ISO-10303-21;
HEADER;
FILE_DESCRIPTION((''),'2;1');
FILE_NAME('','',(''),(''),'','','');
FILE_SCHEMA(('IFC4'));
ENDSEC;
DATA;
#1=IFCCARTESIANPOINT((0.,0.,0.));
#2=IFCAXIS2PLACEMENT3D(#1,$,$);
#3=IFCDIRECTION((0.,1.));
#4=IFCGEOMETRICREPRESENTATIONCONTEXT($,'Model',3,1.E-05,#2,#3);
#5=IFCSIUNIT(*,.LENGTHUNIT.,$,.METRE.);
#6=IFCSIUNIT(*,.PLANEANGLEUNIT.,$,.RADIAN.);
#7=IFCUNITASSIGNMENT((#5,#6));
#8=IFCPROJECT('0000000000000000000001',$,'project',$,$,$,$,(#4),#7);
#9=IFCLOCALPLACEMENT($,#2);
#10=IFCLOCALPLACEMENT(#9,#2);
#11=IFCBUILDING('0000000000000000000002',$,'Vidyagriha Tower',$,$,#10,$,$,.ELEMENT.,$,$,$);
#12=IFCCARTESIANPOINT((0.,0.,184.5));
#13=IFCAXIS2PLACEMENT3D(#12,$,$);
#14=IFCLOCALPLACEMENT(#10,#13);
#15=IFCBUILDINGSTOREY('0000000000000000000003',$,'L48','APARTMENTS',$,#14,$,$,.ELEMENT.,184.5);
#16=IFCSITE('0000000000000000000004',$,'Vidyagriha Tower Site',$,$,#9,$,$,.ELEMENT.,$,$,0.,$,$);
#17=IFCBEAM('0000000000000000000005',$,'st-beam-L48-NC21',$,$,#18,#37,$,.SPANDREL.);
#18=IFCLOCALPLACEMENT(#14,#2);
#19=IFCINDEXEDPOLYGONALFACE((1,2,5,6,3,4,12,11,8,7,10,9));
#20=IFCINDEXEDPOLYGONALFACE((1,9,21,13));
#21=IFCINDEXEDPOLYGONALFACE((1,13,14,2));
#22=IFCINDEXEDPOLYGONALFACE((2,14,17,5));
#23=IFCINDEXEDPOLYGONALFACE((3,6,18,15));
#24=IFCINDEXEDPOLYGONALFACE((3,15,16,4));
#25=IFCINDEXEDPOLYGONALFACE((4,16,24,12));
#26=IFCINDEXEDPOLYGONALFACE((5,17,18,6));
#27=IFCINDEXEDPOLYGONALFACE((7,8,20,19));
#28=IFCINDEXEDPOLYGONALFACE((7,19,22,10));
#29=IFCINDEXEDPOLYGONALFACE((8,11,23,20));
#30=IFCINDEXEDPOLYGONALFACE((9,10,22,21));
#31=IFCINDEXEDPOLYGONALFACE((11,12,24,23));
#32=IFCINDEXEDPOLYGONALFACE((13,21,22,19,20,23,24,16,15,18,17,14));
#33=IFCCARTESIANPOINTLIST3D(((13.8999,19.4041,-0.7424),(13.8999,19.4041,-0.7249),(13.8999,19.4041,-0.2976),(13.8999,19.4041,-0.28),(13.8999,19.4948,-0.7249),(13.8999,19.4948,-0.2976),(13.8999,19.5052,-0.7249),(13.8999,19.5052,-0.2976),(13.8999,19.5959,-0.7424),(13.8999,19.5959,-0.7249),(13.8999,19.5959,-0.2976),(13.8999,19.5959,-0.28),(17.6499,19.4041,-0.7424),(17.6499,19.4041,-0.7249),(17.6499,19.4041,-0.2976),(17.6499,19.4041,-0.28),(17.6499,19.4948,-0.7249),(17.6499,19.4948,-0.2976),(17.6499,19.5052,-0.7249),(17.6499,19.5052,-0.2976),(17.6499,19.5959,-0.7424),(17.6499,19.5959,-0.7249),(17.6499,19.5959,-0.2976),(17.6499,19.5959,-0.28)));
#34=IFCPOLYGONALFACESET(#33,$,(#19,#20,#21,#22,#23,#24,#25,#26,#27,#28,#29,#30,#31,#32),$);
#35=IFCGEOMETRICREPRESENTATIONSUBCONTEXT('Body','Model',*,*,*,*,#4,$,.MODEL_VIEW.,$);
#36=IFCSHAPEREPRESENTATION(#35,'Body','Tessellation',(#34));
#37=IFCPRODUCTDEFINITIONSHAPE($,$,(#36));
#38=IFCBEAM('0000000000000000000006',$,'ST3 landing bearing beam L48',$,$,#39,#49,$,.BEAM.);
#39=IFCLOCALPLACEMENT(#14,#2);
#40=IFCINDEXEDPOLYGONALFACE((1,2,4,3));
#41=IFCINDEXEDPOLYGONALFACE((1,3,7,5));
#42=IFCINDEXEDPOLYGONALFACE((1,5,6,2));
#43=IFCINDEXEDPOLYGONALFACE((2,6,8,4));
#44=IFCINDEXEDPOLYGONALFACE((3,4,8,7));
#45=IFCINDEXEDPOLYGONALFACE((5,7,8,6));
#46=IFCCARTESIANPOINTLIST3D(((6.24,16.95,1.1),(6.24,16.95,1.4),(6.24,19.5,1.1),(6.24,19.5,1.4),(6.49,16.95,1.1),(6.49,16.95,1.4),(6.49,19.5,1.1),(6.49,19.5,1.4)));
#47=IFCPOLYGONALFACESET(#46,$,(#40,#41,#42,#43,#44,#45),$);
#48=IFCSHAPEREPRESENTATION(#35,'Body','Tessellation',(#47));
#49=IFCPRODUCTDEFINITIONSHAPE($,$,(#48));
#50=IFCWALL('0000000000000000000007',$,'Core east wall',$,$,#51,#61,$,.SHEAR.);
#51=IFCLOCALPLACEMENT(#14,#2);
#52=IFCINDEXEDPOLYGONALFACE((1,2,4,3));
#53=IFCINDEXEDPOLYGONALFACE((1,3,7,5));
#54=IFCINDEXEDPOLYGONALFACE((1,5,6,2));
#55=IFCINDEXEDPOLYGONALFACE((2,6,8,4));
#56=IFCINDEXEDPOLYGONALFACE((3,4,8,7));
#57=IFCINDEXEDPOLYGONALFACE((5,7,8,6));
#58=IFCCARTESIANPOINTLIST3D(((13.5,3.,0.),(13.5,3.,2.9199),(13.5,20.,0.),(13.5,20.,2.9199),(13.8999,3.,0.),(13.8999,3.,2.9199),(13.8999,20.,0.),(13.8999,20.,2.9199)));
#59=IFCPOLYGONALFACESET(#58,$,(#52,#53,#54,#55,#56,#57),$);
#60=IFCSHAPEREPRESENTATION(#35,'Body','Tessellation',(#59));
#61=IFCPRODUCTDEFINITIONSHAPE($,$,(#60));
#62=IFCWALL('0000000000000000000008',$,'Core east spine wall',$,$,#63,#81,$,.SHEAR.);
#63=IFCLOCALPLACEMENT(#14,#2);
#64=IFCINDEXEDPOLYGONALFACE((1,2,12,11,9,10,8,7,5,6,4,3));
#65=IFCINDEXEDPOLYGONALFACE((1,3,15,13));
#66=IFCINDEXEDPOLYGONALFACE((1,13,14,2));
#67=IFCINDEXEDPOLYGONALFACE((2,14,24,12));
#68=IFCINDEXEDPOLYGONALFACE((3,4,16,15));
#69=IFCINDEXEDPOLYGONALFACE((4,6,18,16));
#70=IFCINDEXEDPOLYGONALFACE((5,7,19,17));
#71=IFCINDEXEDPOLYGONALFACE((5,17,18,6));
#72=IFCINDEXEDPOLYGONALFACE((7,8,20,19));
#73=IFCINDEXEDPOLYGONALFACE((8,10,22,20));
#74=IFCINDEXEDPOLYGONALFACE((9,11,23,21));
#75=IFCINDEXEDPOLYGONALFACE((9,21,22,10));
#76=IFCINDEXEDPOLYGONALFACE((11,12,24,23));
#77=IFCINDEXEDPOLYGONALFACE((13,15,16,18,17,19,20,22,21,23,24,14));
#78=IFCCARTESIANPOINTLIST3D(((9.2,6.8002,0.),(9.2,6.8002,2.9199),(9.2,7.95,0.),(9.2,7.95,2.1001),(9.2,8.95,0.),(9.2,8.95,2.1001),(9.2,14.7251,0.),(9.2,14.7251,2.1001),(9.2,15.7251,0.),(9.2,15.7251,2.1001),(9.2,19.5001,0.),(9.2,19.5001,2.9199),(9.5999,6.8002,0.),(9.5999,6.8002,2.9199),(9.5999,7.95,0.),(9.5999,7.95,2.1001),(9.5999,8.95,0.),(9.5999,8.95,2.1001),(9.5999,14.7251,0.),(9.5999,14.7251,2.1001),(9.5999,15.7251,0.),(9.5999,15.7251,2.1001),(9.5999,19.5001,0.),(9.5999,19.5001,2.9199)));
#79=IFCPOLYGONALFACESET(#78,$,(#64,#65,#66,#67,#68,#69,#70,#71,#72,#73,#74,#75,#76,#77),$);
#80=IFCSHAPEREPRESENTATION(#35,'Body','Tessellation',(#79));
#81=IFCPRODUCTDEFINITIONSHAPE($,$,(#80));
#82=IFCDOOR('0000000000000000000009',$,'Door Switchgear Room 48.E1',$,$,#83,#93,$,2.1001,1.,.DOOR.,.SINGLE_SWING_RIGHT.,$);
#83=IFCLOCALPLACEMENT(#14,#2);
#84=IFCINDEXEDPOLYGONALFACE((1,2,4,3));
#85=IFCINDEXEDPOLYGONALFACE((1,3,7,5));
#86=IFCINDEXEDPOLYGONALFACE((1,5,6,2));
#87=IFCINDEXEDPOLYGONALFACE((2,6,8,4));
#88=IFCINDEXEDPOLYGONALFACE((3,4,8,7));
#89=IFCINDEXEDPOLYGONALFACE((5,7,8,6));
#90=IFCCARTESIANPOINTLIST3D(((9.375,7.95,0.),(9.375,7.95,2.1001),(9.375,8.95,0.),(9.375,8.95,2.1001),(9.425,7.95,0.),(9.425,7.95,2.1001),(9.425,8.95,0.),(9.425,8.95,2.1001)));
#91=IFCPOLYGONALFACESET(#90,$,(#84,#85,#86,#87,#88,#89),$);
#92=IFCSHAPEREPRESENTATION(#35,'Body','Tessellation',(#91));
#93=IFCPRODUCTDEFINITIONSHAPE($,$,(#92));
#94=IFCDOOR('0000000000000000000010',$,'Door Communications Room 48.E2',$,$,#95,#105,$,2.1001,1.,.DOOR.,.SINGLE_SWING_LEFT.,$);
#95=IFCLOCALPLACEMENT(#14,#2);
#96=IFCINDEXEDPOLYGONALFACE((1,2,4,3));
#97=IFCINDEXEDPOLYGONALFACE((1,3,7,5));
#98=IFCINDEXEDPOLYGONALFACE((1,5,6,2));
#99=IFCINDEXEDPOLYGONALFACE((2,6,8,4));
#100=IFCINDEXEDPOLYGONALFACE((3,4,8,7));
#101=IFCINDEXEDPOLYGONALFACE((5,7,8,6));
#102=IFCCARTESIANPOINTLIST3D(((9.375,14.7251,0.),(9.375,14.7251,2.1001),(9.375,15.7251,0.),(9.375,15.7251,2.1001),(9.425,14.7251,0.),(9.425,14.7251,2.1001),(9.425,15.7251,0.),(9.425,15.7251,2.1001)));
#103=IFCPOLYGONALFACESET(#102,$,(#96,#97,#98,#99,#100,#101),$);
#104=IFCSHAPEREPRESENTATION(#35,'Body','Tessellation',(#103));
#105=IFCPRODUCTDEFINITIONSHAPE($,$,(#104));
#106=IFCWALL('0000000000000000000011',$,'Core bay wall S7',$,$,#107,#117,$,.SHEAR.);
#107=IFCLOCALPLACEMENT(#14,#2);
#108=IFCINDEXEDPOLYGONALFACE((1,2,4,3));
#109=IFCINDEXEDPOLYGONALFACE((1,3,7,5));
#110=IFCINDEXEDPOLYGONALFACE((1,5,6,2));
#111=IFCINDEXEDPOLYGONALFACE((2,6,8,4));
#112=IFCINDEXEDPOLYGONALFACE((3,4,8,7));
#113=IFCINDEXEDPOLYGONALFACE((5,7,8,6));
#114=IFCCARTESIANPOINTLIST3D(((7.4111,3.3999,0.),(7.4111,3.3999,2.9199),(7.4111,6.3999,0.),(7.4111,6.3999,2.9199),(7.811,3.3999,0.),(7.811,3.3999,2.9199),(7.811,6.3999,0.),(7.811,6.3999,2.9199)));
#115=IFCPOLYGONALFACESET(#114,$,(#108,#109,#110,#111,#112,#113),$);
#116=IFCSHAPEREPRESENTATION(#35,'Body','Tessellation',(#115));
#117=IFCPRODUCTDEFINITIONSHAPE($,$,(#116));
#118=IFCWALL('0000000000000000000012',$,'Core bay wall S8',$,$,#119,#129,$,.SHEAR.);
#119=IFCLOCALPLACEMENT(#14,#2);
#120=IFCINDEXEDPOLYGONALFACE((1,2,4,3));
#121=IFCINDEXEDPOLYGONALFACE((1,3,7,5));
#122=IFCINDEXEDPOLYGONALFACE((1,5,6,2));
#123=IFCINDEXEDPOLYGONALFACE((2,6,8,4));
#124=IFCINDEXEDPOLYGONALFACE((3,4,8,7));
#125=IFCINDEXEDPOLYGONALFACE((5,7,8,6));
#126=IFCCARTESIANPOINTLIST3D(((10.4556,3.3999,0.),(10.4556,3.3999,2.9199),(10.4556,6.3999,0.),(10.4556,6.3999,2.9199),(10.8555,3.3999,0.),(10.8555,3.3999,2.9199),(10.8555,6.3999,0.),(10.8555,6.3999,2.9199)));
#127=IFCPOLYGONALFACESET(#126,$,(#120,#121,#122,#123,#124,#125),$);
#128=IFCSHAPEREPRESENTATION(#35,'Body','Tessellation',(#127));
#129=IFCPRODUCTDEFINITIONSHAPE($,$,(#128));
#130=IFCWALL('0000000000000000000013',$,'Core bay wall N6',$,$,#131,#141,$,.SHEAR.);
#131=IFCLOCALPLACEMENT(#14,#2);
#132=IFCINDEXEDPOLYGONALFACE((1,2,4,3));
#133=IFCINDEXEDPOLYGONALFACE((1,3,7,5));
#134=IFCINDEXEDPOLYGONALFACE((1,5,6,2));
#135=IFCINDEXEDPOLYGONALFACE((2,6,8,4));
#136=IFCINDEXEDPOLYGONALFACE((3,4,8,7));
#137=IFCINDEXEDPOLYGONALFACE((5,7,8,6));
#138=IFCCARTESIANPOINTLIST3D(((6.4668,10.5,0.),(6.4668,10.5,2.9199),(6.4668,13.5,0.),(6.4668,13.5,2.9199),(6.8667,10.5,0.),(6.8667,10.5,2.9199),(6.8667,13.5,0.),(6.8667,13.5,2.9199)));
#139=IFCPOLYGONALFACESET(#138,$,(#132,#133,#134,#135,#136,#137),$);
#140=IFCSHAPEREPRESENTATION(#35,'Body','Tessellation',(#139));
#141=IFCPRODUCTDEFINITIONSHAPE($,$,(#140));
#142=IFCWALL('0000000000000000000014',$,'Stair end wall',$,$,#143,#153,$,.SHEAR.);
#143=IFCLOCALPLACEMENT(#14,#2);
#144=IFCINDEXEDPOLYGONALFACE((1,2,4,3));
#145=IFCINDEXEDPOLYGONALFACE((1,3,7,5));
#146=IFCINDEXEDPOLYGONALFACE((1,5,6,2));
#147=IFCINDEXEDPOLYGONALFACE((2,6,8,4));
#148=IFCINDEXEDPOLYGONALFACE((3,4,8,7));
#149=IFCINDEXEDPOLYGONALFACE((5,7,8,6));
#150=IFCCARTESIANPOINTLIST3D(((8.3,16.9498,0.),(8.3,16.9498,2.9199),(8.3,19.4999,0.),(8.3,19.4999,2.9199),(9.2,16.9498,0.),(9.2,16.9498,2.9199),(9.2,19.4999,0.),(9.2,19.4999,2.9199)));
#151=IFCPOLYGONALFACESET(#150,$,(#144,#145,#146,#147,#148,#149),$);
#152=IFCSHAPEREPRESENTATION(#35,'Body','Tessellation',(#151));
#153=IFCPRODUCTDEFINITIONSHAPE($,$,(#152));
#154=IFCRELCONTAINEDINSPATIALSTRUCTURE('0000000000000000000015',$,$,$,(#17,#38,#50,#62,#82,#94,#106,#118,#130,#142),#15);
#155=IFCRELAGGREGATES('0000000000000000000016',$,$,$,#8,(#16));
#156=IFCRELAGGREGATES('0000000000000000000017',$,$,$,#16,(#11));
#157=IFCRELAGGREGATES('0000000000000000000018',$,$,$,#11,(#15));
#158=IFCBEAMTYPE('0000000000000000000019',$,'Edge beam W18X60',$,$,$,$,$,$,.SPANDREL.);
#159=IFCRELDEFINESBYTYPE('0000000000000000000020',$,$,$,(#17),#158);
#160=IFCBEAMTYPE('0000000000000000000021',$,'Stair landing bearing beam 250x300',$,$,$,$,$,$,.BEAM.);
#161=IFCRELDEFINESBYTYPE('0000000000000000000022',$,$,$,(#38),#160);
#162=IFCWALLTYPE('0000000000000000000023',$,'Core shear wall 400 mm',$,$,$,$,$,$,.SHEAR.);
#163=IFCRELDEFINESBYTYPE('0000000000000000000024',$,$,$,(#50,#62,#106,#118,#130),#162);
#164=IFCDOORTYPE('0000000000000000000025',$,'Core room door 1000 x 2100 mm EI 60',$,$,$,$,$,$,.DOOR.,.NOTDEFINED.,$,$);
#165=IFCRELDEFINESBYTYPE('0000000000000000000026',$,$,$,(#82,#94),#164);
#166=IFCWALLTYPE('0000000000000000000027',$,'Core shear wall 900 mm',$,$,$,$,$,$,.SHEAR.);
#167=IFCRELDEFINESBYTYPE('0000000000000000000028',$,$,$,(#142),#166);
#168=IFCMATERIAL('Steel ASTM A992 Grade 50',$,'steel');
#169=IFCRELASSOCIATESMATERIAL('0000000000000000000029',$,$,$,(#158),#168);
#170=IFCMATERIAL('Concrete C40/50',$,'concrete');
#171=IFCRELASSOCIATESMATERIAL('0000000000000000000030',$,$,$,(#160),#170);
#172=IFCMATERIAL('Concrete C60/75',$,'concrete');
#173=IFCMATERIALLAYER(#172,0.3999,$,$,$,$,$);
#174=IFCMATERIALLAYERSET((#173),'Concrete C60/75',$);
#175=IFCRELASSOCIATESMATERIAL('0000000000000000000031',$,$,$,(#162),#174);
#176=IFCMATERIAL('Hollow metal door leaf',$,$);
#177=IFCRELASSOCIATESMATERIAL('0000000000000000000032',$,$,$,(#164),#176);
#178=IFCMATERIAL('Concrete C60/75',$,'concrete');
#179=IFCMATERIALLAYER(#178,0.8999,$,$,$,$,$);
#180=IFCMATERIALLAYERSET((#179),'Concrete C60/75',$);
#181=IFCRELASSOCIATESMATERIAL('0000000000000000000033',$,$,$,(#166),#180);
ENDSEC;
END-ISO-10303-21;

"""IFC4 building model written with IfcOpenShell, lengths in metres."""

from ifc_helpers import new_model, si_unit, direction, frame, frame_2d, origin, origin_2d, place, context, subcontext, project, spatial, rectangle, i_section, extrude, material, layer, layer_set, material_profile, profile_set, type_object, element, fill, save


model = new_model("IFC4")

# Units and contexts
model_context = context("Model", 3, precision=1e-05, world=origin(), true_north=direction((0.0, 1.0)))
body_context = subcontext(model_context, "Body", "Model", "MODEL_VIEW")
ifc_project = project(units=[si_unit("LENGTHUNIT", "METRE"), si_unit("PLANEANGLEUNIT", "RADIAN")], contexts=[model_context])

# Site, building, storey
site_placement = place(None, origin())
site = spatial("IfcSite", under=ifc_project, at=site_placement, Name="Vidyagriha Tower Site", CompositionType="ELEMENT", RefElevation=0.0)
building_placement = place(site_placement, origin())
building = spatial("IfcBuilding", under=site, at=building_placement, Name="Vidyagriha Tower", CompositionType="ELEMENT")
storey_placement = place(building_placement, frame((0.0, 0.0, 184.5)))
storey = spatial("IfcBuildingStorey", under=building, at=storey_placement, Name="L48", Description="APARTMENTS", CompositionType="ELEMENT", Elevation=184.5)

# Beams
ifc_material_1 = material(Name="Steel ASTM A992 Grade 50", Category="steel")
ifc_material_profile_1 = material_profile(ifc_material_1, i_section(OverallWidth=0.1919, OverallDepth=0.4624, WebThickness=0.0105, FlangeThickness=0.0176, at=origin_2d()), Name="W18X60")
ifc_profile_set_1 = profile_set([ifc_material_profile_1], Name="Steel ASTM A992 Grade 50")
beam_type_1 = type_object("IfcBeamType", Name="Edge beam W18X60", PredefinedType="SPANDREL", material=ifc_profile_set_1)
beam_1_placement = place(storey_placement, frame((13.8999, 19.5, -0.5112), z_axis=(1.0, 0.0, 0.0), x_axis=(0.0, 1.0, 0.0)))
element("IfcBeam", 1, at=beam_1_placement, inside=storey, type_object=beam_type_1, Name="st-beam-L48-NC21", PredefinedType="SPANDREL", context=body_context, shape_type="SweptSolid", body=[
    extrude(i_section(OverallWidth=0.1919, OverallDepth=0.4624, WebThickness=0.0105, FlangeThickness=0.0176, at=origin_2d()), origin(), (0.0, 0.0, 1.0), 3.75),
])
ifc_material_2 = material(Name="Concrete C40/50", Category="concrete")
ifc_material_profile_2 = material_profile(ifc_material_2, rectangle(XDim=0.25, YDim=0.3, at=origin_2d()), Name="Stair landing bearing beam 250x300")
ifc_profile_set_2 = profile_set([ifc_material_profile_2], Name="Concrete C40/50")
beam_type_2 = type_object("IfcBeamType", Name="Stair landing bearing beam 250x300", PredefinedType="BEAM", material=ifc_profile_set_2)
beam_2_placement = place(storey_placement, frame((6.365, 16.95, 1.25), z_axis=(0.0, 1.0, 0.0), x_axis=(-1.0, 0.0, 0.0)))
element("IfcBeam", 2, at=beam_2_placement, inside=storey, type_object=beam_type_2, Name="ST3 landing bearing beam L48", PredefinedType="BEAM", context=body_context, shape_type="SweptSolid", body=[
    extrude(rectangle(XDim=0.25, YDim=0.3, at=origin_2d()), origin(), (0.0, 0.0, 1.0), 2.55),
])

# Wall
ifc_material_3 = material(Name="Concrete C60/75", Category="concrete")
ifc_layer_1 = layer(ifc_material_3, 0.3999)
ifc_layer_set_1 = layer_set([ifc_layer_1], Name="Concrete C60/75")
wall_type_1 = type_object("IfcWallType", Name="Core shear wall 400 mm", PredefinedType="SHEAR", material=ifc_layer_set_1)
wall_1_placement = place(storey_placement, frame((13.7, 3.0, 0.0), z_axis=(0.0, 0.0, 1.0), x_axis=(0.0, 1.0, 0.0)))
element("IfcWall", 3, at=wall_1_placement, inside=storey, type_object=wall_type_1, Name="Core east wall", PredefinedType="SHEAR", context=body_context, shape_type="SweptSolid", body=[
    extrude(rectangle(XDim=17.0, YDim=0.3999, at=frame_2d((8.5, 0.0))), origin(), (0.0, 0.0, 1.0), 2.9199),
])

# Wall, openings, doors
wall_2_placement = place(storey_placement, frame((9.3999, 6.8, 0.0), z_axis=(0.0, 0.0, 1.0), x_axis=(0.0, 1.0, 0.0)))
wall_2 = element("IfcWall", 4, at=wall_2_placement, inside=storey, type_object=wall_type_1, Name="Core east spine wall", PredefinedType="SHEAR", context=body_context, shape_type="SweptSolid", body=[
    extrude(rectangle(XDim=12.7, YDim=0.3999, at=frame_2d((6.3501, 0.0))), origin(), (0.0, 0.0, 1.0), 2.9199),
])
opening_1_placement = place(wall_2_placement, frame((1.1499, 0.0, 0.0)))
opening_1 = element("IfcOpeningElement", 5, at=opening_1_placement, cuts=wall_2, PredefinedType="OPENING", context=body_context, shape_type="SweptSolid", body=[
    extrude(rectangle(XDim=1.0, YDim=2.1001, at=frame_2d((0.5, 1.05))), frame((0.0, 0.21, 0.0), z_axis=(0.0, -1.0, 0.0), x_axis=(1.0, 0.0, 0.0)), (0.0, 0.0, 1.0), 0.4199),
])
opening_2_placement = place(wall_2_placement, frame((7.925, 0.0, 0.0)))
opening_2 = element("IfcOpeningElement", 6, at=opening_2_placement, cuts=wall_2, PredefinedType="OPENING", context=body_context, shape_type="SweptSolid", body=[
    extrude(rectangle(XDim=1.0, YDim=2.1001, at=frame_2d((0.5, 1.05))), frame((0.0, 0.21, 0.0), z_axis=(0.0, -1.0, 0.0), x_axis=(1.0, 0.0, 0.0)), (0.0, 0.0, 1.0), 0.4199),
])
ifc_material_4 = material(Name="Hollow metal door leaf")
door_type_1 = type_object("IfcDoorType", Name="Core room door 1000 x 2100 mm EI 60", OperationType="NOTDEFINED", PredefinedType="DOOR", material=ifc_material_4)
door_1_placement = place(opening_1_placement, origin())
door_1 = element("IfcDoor", 7, at=door_1_placement, inside=storey, type_object=door_type_1, Name="Door Switchgear Room 48.E1", OperationType="SINGLE_SWING_RIGHT", OverallHeight=2.1001, OverallWidth=1.0, PredefinedType="DOOR", context=body_context, shape_type="SweptSolid", body=[
    extrude(rectangle(XDim=1.0, YDim=2.1001, at=frame_2d((0.5, 1.05))), frame((0.0, 0.0249, 0.0), z_axis=(0.0, -1.0, 0.0), x_axis=(1.0, 0.0, 0.0)), (0.0, 0.0, 1.0), 0.05),
])
fill(opening_1, door_1)
door_2_placement = place(opening_2_placement, origin())
door_2 = element("IfcDoor", 8, at=door_2_placement, inside=storey, type_object=door_type_1, Name="Door Communications Room 48.E2", OperationType="SINGLE_SWING_LEFT", OverallHeight=2.1001, OverallWidth=1.0, PredefinedType="DOOR", context=body_context, shape_type="SweptSolid", body=[
    extrude(rectangle(XDim=1.0, YDim=2.1001, at=frame_2d((0.5, 1.05))), frame((0.0, 0.0249, 0.0), z_axis=(0.0, -1.0, 0.0), x_axis=(1.0, 0.0, 0.0)), (0.0, 0.0, 1.0), 0.05),
])
fill(opening_2, door_2)

# Walls
for number, where, z_axis, x_axis, name in (
    (9, (7.6111, 3.3999, 0.0), (0.0, 0.0, 1.0), (0.0, 1.0, 0.0), "Core bay wall S7"),
    (10, (10.6555, 3.3999, 0.0), (0.0, 0.0, 1.0), (0.0, 1.0, 0.0), "Core bay wall S8"),
    (11, (6.6667, 10.5, 0.0), (0.0, 0.0, 1.0), (0.0, 1.0, 0.0), "Core bay wall N6"),
):
    element("IfcWall", number, at=place(storey_placement, frame(where, z_axis=z_axis, x_axis=x_axis)), inside=storey, type_object=wall_type_1, Name=name, PredefinedType="SHEAR", context=body_context, shape_type="SweptSolid", body=[
        extrude(rectangle(XDim=3.0, YDim=0.3999, at=frame_2d((1.5, 0.0))), origin(), (0.0, 0.0, 1.0), 2.9199),
    ])
ifc_material_5 = material(Name="Concrete C60/75", Category="concrete")
ifc_layer_2 = layer(ifc_material_5, 0.8999)
ifc_layer_set_2 = layer_set([ifc_layer_2], Name="Concrete C60/75")
wall_type_2 = type_object("IfcWallType", Name="Core shear wall 900 mm", PredefinedType="SHEAR", material=ifc_layer_set_2)
wall_3_placement = place(storey_placement, frame((8.75, 16.95, 0.0), z_axis=(0.0, 0.0, 1.0), x_axis=(0.0, 1.0, 0.0)))
element("IfcWall", 12, at=wall_3_placement, inside=storey, type_object=wall_type_2, Name="Stair end wall", PredefinedType="SHEAR", context=body_context, shape_type="SweptSolid", body=[
    extrude(rectangle(XDim=2.55, YDim=0.8999, at=frame_2d((1.2749, 0.0))), origin(), (0.0, 0.0, 1.0), 2.9199),
])

save(model, "model.ifc")
